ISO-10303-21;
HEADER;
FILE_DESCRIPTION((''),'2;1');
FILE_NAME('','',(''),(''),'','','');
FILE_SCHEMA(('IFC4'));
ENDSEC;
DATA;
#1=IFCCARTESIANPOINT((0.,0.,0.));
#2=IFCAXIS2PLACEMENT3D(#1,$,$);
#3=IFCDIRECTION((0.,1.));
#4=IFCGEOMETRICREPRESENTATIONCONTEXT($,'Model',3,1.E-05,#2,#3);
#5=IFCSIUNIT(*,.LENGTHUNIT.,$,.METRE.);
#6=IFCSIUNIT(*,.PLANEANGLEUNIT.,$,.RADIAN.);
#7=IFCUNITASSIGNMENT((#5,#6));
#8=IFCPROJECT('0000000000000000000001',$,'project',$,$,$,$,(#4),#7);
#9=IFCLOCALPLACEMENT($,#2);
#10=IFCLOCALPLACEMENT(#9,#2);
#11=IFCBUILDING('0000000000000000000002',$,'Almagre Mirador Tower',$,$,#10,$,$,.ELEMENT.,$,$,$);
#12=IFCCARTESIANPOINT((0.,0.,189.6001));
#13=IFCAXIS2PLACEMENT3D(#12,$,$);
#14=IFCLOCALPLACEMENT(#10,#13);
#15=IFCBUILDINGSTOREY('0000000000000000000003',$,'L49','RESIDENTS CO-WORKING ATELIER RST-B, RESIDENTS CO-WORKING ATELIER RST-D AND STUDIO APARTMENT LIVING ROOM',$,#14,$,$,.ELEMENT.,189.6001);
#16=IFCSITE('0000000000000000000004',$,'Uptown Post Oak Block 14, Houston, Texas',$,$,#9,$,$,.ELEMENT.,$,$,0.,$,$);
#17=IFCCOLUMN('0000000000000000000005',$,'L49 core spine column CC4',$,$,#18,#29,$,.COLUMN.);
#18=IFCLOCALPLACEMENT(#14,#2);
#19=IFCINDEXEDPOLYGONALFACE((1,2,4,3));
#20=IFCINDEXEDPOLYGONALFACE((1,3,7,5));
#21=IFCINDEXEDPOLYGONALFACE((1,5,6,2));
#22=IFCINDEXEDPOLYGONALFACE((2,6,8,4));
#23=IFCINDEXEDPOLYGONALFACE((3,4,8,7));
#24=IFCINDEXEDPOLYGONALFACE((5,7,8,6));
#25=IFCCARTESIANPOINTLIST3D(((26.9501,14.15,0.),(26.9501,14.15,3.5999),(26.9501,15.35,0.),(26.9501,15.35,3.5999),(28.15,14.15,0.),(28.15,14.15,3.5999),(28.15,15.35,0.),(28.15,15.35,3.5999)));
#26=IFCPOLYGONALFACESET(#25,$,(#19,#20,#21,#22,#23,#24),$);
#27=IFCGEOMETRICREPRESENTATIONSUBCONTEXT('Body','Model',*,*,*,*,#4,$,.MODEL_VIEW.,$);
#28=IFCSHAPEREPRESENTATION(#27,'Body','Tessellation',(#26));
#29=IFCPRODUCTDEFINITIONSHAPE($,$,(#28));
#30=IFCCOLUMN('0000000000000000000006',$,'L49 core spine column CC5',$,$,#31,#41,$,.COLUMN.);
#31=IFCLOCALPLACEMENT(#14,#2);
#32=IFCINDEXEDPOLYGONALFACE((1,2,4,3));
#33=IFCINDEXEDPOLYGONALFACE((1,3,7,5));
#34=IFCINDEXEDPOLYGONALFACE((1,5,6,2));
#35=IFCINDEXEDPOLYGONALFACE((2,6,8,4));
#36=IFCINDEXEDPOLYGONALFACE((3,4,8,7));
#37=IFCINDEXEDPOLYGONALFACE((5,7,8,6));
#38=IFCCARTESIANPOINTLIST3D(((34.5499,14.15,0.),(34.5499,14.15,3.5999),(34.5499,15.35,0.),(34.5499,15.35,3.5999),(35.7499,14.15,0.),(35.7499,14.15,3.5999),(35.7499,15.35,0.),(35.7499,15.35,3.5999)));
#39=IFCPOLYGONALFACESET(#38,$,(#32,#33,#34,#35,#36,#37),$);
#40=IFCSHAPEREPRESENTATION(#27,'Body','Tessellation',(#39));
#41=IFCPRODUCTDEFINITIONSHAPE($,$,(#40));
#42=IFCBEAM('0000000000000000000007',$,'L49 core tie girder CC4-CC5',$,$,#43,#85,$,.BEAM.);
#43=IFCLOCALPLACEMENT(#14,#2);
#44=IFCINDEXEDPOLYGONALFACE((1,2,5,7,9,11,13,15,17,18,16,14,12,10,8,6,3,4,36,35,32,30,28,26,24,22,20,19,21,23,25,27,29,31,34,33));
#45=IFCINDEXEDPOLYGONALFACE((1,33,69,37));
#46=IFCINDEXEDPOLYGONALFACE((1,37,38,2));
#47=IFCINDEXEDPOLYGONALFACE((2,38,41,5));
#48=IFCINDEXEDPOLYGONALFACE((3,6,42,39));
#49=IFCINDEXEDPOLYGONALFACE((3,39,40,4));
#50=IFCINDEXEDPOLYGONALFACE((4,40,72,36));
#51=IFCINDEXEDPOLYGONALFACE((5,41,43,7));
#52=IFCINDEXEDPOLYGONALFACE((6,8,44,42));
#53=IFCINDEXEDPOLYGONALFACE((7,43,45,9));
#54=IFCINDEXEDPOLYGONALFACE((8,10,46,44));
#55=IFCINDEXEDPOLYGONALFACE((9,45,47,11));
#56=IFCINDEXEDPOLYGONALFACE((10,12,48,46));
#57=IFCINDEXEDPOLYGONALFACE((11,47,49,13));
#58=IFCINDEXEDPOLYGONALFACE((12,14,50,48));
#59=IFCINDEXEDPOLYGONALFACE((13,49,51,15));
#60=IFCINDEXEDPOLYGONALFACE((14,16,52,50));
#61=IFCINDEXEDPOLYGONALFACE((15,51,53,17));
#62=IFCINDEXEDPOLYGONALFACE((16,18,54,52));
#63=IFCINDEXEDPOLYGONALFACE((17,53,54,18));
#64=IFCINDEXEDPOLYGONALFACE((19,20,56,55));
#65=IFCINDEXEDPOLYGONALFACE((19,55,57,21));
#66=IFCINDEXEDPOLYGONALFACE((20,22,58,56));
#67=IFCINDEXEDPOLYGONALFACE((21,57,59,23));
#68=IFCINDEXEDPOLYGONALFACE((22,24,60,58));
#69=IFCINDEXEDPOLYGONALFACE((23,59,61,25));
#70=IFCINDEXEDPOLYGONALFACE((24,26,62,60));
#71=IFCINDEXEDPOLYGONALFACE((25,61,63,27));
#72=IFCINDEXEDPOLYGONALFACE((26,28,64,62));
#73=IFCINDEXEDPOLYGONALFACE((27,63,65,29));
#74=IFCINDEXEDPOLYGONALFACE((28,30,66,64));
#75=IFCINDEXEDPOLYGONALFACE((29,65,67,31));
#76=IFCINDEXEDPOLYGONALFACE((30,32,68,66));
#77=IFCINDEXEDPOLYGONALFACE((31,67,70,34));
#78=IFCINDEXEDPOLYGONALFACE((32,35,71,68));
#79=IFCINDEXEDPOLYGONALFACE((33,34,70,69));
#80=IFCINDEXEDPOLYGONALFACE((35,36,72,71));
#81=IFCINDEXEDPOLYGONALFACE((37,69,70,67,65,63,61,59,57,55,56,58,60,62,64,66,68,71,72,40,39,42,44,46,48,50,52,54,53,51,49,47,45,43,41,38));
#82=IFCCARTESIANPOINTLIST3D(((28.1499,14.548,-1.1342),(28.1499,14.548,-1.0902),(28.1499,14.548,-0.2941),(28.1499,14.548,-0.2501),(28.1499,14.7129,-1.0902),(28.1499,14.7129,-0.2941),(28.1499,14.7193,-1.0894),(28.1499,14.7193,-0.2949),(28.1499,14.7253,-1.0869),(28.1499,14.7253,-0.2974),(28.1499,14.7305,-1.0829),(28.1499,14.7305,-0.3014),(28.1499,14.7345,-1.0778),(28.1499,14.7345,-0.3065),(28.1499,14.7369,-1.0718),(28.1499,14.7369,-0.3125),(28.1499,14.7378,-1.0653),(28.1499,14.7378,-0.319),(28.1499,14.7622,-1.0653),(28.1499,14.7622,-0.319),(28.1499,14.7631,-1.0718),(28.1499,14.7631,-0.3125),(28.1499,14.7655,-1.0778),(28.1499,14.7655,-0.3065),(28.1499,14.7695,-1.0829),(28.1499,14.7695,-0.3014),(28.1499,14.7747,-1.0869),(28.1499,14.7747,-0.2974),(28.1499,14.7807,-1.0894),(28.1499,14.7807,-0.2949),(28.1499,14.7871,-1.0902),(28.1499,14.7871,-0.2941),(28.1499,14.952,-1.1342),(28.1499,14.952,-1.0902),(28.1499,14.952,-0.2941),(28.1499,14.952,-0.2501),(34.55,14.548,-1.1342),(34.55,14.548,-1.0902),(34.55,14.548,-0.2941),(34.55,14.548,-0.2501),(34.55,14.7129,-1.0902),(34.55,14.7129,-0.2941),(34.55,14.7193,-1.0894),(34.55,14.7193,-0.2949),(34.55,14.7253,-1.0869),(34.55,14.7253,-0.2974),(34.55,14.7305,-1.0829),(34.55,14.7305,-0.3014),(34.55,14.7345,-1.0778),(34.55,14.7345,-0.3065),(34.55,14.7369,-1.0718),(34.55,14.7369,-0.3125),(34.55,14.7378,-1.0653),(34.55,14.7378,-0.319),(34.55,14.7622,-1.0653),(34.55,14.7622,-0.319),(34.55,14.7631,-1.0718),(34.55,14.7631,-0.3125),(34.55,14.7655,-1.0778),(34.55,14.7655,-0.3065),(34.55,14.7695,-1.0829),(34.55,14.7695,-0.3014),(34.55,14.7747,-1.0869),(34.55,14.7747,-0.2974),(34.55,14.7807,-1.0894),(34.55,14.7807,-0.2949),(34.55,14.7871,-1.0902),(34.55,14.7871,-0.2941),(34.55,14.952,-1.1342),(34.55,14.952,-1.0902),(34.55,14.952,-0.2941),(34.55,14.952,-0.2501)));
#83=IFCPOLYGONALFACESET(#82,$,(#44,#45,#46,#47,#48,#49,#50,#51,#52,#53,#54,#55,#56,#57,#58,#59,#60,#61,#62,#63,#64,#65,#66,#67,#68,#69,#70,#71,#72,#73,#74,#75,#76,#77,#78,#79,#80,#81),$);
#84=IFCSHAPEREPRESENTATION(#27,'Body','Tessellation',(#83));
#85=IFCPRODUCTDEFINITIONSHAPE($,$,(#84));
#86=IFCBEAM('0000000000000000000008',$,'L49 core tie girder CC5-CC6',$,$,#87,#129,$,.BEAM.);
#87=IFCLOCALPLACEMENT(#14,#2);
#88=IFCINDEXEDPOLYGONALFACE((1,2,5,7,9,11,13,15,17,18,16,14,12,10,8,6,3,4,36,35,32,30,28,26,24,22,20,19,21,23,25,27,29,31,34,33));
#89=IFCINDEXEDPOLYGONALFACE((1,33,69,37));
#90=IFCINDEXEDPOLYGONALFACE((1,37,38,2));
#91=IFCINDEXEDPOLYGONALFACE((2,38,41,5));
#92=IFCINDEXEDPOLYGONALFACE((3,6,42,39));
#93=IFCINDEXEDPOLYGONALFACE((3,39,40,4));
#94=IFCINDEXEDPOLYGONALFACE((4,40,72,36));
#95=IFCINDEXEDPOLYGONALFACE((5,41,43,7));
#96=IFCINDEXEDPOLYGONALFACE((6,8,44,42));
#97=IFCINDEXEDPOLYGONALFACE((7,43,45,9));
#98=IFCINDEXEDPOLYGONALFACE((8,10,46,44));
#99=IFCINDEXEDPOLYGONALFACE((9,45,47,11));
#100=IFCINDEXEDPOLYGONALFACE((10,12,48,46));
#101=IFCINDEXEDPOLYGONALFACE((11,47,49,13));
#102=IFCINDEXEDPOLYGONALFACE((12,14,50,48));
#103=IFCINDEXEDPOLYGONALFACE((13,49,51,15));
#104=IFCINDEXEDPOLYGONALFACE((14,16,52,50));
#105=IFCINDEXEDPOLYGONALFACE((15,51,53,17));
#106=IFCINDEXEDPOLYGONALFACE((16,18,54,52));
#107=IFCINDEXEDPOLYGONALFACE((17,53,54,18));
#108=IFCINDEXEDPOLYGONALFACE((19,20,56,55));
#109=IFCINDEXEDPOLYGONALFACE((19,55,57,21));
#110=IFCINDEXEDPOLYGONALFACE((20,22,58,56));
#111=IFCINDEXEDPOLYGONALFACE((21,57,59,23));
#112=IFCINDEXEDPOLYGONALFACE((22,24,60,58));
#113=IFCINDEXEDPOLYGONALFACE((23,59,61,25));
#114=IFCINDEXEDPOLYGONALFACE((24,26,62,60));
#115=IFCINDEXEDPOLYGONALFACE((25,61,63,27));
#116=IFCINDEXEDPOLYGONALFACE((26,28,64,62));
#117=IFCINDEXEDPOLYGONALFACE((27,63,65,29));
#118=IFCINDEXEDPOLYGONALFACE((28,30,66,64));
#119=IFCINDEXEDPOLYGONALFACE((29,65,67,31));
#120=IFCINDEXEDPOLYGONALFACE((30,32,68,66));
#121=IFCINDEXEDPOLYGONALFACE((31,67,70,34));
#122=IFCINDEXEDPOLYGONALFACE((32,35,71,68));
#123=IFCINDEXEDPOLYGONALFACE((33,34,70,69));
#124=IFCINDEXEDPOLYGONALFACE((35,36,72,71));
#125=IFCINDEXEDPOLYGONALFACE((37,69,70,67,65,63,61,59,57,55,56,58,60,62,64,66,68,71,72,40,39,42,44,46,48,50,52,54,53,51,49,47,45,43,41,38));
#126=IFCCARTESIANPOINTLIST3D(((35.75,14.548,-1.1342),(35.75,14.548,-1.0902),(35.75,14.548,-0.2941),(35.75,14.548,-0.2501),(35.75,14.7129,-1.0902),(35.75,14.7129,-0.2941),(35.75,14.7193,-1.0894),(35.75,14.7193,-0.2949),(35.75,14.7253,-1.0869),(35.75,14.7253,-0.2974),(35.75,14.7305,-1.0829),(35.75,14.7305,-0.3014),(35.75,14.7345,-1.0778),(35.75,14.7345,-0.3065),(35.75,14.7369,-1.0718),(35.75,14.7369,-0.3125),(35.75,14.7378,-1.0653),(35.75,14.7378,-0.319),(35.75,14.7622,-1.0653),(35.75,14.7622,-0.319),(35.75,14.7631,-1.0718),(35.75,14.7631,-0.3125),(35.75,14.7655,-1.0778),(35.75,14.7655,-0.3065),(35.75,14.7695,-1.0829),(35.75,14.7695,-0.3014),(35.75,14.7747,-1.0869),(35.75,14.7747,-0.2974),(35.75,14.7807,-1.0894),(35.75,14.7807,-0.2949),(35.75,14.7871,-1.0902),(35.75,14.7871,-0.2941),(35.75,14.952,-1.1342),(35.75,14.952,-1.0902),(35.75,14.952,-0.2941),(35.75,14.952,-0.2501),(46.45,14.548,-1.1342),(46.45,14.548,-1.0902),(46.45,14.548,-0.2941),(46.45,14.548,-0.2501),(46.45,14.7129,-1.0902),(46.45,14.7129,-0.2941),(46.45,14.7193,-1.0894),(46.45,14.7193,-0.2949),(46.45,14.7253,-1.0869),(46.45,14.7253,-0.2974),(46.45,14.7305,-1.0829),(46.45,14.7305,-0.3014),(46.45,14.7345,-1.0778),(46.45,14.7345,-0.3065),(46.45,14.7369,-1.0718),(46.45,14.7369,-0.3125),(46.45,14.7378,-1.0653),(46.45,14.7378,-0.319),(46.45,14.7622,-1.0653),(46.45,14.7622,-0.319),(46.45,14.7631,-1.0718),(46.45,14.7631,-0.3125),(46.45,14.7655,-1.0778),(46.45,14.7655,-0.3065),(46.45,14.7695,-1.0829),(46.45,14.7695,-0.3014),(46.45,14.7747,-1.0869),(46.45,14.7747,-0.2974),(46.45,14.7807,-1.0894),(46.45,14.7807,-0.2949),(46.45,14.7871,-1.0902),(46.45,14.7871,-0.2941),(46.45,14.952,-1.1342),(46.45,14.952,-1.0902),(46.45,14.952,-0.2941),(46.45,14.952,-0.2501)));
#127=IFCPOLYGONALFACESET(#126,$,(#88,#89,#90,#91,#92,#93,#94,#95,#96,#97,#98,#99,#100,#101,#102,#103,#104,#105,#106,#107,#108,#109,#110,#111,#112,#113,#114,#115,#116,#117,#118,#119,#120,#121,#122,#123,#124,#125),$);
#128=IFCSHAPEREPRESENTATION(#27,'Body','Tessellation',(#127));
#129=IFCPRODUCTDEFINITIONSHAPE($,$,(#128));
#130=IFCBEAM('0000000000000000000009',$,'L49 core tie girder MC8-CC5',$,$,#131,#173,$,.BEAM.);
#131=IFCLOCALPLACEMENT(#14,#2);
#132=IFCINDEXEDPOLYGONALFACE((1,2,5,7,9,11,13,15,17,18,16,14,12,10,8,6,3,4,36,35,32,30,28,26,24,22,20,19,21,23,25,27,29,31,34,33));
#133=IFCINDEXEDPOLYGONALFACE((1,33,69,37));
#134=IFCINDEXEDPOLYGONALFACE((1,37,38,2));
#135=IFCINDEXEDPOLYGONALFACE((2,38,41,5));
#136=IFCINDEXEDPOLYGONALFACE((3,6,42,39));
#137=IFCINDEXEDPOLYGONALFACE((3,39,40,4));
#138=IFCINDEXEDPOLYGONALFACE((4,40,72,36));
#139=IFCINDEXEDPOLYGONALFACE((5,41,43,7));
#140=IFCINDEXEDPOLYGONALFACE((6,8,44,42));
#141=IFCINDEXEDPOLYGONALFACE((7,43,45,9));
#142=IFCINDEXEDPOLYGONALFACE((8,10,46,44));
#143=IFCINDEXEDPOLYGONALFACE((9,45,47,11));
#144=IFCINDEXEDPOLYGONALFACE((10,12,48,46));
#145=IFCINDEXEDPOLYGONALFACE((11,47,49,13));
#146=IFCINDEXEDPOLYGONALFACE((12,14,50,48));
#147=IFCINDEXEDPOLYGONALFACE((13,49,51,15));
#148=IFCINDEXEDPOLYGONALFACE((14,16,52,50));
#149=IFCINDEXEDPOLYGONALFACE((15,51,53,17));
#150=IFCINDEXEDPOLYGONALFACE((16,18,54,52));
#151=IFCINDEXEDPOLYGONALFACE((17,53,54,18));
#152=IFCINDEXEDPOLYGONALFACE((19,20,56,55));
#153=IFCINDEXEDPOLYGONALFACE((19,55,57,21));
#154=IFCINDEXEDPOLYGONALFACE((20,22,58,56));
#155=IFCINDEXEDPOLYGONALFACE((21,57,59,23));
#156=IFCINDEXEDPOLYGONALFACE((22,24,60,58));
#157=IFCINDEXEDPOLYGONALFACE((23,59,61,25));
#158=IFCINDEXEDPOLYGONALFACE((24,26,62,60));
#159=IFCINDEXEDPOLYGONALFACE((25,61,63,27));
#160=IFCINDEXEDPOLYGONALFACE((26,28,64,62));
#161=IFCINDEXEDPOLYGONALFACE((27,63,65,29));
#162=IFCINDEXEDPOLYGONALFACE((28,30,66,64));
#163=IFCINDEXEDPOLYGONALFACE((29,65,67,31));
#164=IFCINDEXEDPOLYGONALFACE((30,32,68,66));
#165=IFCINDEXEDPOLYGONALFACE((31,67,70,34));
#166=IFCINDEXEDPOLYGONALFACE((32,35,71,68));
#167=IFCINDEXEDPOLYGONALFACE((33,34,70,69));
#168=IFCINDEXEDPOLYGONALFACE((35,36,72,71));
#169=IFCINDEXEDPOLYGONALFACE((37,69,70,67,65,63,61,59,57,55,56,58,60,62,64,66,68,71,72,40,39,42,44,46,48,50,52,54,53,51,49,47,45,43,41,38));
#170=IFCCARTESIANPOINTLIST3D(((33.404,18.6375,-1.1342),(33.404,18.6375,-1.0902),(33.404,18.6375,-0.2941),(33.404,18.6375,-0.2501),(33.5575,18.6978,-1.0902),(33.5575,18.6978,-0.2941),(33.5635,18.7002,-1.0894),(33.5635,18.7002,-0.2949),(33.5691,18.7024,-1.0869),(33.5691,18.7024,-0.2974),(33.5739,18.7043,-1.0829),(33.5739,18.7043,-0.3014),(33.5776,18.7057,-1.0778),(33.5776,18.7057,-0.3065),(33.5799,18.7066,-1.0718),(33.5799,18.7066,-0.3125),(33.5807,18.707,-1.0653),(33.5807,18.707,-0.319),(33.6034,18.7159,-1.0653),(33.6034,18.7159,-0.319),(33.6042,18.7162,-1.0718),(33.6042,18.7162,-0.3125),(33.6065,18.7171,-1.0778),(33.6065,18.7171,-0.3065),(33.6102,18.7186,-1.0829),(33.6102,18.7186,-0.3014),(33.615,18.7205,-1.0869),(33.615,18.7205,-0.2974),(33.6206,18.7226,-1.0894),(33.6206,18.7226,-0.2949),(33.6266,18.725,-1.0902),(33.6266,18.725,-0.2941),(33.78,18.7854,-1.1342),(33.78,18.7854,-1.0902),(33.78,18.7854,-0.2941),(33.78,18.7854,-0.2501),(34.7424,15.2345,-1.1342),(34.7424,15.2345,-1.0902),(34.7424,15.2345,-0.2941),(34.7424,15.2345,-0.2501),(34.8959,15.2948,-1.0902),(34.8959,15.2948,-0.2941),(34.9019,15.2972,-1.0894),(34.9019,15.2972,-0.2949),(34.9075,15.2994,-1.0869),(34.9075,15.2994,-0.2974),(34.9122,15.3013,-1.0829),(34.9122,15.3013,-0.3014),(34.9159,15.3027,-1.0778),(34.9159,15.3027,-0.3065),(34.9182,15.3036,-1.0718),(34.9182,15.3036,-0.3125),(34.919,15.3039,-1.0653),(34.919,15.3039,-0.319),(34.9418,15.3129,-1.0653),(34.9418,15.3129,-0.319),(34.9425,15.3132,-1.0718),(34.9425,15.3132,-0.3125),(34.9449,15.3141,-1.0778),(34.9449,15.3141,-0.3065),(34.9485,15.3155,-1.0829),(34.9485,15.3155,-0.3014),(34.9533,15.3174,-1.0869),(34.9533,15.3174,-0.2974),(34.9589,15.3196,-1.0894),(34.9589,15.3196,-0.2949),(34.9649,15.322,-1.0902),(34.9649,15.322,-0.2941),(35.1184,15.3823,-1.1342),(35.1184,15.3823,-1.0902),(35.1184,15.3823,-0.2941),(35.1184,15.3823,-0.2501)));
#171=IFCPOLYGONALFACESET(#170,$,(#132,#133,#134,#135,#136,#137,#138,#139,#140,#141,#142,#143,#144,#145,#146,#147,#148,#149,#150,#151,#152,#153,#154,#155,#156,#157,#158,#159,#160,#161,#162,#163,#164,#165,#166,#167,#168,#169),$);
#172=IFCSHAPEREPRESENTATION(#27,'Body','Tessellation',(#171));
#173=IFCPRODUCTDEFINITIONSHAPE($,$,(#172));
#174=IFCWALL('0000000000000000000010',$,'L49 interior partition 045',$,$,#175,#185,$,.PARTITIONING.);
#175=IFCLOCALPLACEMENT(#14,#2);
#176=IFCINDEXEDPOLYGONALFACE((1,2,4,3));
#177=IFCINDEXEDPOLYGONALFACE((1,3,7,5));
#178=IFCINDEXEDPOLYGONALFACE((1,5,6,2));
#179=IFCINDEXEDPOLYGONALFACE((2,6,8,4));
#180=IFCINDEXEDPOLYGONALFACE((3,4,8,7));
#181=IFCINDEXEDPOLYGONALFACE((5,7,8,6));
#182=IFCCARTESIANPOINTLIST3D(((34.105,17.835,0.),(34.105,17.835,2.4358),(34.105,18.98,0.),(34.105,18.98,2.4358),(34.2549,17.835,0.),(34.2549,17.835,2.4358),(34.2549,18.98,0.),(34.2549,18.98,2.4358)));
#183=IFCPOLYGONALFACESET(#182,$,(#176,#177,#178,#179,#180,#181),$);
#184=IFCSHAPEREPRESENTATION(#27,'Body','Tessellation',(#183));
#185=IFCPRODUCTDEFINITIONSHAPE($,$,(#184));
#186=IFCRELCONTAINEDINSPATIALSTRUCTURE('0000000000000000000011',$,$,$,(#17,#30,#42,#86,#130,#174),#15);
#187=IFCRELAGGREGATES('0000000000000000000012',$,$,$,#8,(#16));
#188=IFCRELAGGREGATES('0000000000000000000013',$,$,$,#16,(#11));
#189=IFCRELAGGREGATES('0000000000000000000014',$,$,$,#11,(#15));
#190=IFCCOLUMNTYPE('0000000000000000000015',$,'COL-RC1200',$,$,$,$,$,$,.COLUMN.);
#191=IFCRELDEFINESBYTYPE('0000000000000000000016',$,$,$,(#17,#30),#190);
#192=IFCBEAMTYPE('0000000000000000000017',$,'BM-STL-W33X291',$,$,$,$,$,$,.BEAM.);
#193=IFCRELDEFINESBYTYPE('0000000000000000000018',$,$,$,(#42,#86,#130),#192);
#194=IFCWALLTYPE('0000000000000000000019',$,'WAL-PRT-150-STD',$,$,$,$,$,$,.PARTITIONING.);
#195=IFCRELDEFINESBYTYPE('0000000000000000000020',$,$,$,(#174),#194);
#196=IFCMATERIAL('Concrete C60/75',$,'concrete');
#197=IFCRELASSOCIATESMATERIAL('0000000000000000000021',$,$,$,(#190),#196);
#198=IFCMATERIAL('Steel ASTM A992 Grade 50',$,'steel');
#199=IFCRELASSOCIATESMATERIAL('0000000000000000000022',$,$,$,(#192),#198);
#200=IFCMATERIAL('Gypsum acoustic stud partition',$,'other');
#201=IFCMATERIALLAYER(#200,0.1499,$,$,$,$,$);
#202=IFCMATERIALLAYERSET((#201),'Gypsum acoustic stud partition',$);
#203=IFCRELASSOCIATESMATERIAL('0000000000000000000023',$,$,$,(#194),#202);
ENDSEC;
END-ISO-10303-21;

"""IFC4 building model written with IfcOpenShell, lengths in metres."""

from ifc_helpers import new_model, si_unit, direction, frame, frame_2d, origin, origin_2d, place, context, subcontext, project, spatial, rectangle, i_section, extrude, material, layer, layer_set, material_profile, profile_set, type_object, element, save


model = new_model("IFC4")

# Units and contexts
model_context = context("Model", 3, precision=1e-05, world=origin(), true_north=direction((0.0, 1.0)))
body_context = subcontext(model_context, "Body", "Model", "MODEL_VIEW")
ifc_project = project(units=[si_unit("LENGTHUNIT", "METRE"), si_unit("PLANEANGLEUNIT", "RADIAN")], contexts=[model_context])

# Site, building, storey
site_placement = place(None, origin())
site = spatial("IfcSite", under=ifc_project, at=site_placement, Name="Uptown Post Oak Block 14, Houston, Texas", CompositionType="ELEMENT", RefElevation=0.0)
building_placement = place(site_placement, origin())
building = spatial("IfcBuilding", under=site, at=building_placement, Name="Almagre Mirador Tower", CompositionType="ELEMENT")
storey_placement = place(building_placement, frame((0.0, 0.0, 189.6001)))
storey = spatial("IfcBuildingStorey", under=building, at=storey_placement, Name="L49", Description="RESIDENTS CO-WORKING ATELIER RST-B, RESIDENTS CO-WORKING ATELIER RST-D AND STUDIO APARTMENT LIVING ROOM", CompositionType="ELEMENT", Elevation=189.6001)

# Columns
ifc_material_1 = material(Name="Concrete C60/75", Category="concrete")
ifc_material_profile_1 = material_profile(ifc_material_1, rectangle(XDim=1.2, YDim=1.2, at=origin_2d()), Name="RC1200X1200")
ifc_profile_set_1 = profile_set([ifc_material_profile_1], Name="Concrete C60/75")
column_type = type_object("IfcColumnType", Name="COL-RC1200", PredefinedType="COLUMN", material=ifc_profile_set_1)
for number, where, z_axis, x_axis, name in (
    (1, (27.55, 14.75, 0.0), (0.0, 0.0, 1.0), (1.0, 0.0, 0.0), "L49 core spine column CC4"),
    (2, (35.1499, 14.75, 0.0), (0.0, 0.0, 1.0), (1.0, 0.0, 0.0), "L49 core spine column CC5"),
):
    element("IfcColumn", number, at=place(storey_placement, frame(where, z_axis=z_axis, x_axis=x_axis)), inside=storey, type_object=column_type, Name=name, PredefinedType="COLUMN", context=body_context, shape_type="SweptSolid", body=[
        extrude(rectangle(XDim=1.2, YDim=1.2, at=origin_2d()), origin(), (0.0, 0.0, 1.0), 3.5999),
    ])

# Beams
ifc_material_2 = material(Name="Steel ASTM A992 Grade 50", Category="steel")
ifc_material_profile_2 = material_profile(ifc_material_2, i_section(OverallWidth=0.4041, OverallDepth=0.884, WebThickness=0.0244, FlangeThickness=0.0439, FilletRadius=0.0249, at=origin_2d()), Name="W33X291")
ifc_profile_set_2 = profile_set([ifc_material_profile_2], Name="Steel ASTM A992 Grade 50")
beam_type = type_object("IfcBeamType", Name="BM-STL-W33X291", PredefinedType="BEAM", material=ifc_profile_set_2)
beam_1_placement = place(storey_placement, frame((28.1499, 14.75, -0.6921), z_axis=(1.0, 0.0, 0.0), x_axis=(0.0, 1.0, 0.0)))
element("IfcBeam", 3, at=beam_1_placement, inside=storey, type_object=beam_type, Name="L49 core tie girder CC4-CC5", PredefinedType="BEAM", context=body_context, shape_type="SweptSolid", body=[
    extrude(i_section(OverallWidth=0.4041, OverallDepth=0.884, WebThickness=0.0244, FlangeThickness=0.0439, FilletRadius=0.0249, at=origin_2d()), origin(), (0.0, 0.0, 1.0), 6.4001),
])
beam_2_placement = place(storey_placement, frame((35.75, 14.75, -0.6921), z_axis=(1.0, 0.0, 0.0), x_axis=(0.0, 1.0, 0.0)))
element("IfcBeam", 4, at=beam_2_placement, inside=storey, type_object=beam_type, Name="L49 core tie girder CC5-CC6", PredefinedType="BEAM", context=body_context, shape_type="SweptSolid", body=[
    extrude(i_section(OverallWidth=0.4041, OverallDepth=0.884, WebThickness=0.0244, FlangeThickness=0.0439, FilletRadius=0.0249, at=origin_2d()), origin(), (0.0, 0.0, 1.0), 10.7),
])
beam_3_placement = place(storey_placement, frame((33.592, 18.7114, -0.6921), z_axis=(0.365997, -0.930616, 0.0), x_axis=(0.930616, 0.365997, 0.0)))
element("IfcBeam", 5, at=beam_3_placement, inside=storey, type_object=beam_type, Name="L49 core tie girder MC8-CC5", PredefinedType="BEAM", context=body_context, shape_type="SweptSolid", body=[
    extrude(i_section(OverallWidth=0.4041, OverallDepth=0.884, WebThickness=0.0244, FlangeThickness=0.0439, FilletRadius=0.0249, at=origin_2d()), origin(), (0.0, 0.0, 1.0), 3.6567),
])

# Wall
ifc_material_3 = material(Name="Gypsum acoustic stud partition", Category="other")
ifc_layer_1 = layer(ifc_material_3, 0.1499)
ifc_layer_set_1 = layer_set([ifc_layer_1], Name="Gypsum acoustic stud partition")
wall_type_1 = type_object("IfcWallType", Name="WAL-PRT-150-STD", PredefinedType="PARTITIONING", material=ifc_layer_set_1)
wall_1_placement = place(storey_placement, frame((34.1799, 18.98, 0.0), z_axis=(0.0, 0.0, 1.0), x_axis=(0.0, -1.0, 0.0)))
element("IfcWall", 6, at=wall_1_placement, inside=storey, type_object=wall_type_1, Name="L49 interior partition 045", PredefinedType="PARTITIONING", context=body_context, shape_type="SweptSolid", body=[
    extrude(rectangle(XDim=1.145, YDim=0.1499, at=frame_2d((0.5725, 0.0))), origin(), (0.0, 0.0, 1.0), 2.4358),
])

save(model, "model.ifc")
